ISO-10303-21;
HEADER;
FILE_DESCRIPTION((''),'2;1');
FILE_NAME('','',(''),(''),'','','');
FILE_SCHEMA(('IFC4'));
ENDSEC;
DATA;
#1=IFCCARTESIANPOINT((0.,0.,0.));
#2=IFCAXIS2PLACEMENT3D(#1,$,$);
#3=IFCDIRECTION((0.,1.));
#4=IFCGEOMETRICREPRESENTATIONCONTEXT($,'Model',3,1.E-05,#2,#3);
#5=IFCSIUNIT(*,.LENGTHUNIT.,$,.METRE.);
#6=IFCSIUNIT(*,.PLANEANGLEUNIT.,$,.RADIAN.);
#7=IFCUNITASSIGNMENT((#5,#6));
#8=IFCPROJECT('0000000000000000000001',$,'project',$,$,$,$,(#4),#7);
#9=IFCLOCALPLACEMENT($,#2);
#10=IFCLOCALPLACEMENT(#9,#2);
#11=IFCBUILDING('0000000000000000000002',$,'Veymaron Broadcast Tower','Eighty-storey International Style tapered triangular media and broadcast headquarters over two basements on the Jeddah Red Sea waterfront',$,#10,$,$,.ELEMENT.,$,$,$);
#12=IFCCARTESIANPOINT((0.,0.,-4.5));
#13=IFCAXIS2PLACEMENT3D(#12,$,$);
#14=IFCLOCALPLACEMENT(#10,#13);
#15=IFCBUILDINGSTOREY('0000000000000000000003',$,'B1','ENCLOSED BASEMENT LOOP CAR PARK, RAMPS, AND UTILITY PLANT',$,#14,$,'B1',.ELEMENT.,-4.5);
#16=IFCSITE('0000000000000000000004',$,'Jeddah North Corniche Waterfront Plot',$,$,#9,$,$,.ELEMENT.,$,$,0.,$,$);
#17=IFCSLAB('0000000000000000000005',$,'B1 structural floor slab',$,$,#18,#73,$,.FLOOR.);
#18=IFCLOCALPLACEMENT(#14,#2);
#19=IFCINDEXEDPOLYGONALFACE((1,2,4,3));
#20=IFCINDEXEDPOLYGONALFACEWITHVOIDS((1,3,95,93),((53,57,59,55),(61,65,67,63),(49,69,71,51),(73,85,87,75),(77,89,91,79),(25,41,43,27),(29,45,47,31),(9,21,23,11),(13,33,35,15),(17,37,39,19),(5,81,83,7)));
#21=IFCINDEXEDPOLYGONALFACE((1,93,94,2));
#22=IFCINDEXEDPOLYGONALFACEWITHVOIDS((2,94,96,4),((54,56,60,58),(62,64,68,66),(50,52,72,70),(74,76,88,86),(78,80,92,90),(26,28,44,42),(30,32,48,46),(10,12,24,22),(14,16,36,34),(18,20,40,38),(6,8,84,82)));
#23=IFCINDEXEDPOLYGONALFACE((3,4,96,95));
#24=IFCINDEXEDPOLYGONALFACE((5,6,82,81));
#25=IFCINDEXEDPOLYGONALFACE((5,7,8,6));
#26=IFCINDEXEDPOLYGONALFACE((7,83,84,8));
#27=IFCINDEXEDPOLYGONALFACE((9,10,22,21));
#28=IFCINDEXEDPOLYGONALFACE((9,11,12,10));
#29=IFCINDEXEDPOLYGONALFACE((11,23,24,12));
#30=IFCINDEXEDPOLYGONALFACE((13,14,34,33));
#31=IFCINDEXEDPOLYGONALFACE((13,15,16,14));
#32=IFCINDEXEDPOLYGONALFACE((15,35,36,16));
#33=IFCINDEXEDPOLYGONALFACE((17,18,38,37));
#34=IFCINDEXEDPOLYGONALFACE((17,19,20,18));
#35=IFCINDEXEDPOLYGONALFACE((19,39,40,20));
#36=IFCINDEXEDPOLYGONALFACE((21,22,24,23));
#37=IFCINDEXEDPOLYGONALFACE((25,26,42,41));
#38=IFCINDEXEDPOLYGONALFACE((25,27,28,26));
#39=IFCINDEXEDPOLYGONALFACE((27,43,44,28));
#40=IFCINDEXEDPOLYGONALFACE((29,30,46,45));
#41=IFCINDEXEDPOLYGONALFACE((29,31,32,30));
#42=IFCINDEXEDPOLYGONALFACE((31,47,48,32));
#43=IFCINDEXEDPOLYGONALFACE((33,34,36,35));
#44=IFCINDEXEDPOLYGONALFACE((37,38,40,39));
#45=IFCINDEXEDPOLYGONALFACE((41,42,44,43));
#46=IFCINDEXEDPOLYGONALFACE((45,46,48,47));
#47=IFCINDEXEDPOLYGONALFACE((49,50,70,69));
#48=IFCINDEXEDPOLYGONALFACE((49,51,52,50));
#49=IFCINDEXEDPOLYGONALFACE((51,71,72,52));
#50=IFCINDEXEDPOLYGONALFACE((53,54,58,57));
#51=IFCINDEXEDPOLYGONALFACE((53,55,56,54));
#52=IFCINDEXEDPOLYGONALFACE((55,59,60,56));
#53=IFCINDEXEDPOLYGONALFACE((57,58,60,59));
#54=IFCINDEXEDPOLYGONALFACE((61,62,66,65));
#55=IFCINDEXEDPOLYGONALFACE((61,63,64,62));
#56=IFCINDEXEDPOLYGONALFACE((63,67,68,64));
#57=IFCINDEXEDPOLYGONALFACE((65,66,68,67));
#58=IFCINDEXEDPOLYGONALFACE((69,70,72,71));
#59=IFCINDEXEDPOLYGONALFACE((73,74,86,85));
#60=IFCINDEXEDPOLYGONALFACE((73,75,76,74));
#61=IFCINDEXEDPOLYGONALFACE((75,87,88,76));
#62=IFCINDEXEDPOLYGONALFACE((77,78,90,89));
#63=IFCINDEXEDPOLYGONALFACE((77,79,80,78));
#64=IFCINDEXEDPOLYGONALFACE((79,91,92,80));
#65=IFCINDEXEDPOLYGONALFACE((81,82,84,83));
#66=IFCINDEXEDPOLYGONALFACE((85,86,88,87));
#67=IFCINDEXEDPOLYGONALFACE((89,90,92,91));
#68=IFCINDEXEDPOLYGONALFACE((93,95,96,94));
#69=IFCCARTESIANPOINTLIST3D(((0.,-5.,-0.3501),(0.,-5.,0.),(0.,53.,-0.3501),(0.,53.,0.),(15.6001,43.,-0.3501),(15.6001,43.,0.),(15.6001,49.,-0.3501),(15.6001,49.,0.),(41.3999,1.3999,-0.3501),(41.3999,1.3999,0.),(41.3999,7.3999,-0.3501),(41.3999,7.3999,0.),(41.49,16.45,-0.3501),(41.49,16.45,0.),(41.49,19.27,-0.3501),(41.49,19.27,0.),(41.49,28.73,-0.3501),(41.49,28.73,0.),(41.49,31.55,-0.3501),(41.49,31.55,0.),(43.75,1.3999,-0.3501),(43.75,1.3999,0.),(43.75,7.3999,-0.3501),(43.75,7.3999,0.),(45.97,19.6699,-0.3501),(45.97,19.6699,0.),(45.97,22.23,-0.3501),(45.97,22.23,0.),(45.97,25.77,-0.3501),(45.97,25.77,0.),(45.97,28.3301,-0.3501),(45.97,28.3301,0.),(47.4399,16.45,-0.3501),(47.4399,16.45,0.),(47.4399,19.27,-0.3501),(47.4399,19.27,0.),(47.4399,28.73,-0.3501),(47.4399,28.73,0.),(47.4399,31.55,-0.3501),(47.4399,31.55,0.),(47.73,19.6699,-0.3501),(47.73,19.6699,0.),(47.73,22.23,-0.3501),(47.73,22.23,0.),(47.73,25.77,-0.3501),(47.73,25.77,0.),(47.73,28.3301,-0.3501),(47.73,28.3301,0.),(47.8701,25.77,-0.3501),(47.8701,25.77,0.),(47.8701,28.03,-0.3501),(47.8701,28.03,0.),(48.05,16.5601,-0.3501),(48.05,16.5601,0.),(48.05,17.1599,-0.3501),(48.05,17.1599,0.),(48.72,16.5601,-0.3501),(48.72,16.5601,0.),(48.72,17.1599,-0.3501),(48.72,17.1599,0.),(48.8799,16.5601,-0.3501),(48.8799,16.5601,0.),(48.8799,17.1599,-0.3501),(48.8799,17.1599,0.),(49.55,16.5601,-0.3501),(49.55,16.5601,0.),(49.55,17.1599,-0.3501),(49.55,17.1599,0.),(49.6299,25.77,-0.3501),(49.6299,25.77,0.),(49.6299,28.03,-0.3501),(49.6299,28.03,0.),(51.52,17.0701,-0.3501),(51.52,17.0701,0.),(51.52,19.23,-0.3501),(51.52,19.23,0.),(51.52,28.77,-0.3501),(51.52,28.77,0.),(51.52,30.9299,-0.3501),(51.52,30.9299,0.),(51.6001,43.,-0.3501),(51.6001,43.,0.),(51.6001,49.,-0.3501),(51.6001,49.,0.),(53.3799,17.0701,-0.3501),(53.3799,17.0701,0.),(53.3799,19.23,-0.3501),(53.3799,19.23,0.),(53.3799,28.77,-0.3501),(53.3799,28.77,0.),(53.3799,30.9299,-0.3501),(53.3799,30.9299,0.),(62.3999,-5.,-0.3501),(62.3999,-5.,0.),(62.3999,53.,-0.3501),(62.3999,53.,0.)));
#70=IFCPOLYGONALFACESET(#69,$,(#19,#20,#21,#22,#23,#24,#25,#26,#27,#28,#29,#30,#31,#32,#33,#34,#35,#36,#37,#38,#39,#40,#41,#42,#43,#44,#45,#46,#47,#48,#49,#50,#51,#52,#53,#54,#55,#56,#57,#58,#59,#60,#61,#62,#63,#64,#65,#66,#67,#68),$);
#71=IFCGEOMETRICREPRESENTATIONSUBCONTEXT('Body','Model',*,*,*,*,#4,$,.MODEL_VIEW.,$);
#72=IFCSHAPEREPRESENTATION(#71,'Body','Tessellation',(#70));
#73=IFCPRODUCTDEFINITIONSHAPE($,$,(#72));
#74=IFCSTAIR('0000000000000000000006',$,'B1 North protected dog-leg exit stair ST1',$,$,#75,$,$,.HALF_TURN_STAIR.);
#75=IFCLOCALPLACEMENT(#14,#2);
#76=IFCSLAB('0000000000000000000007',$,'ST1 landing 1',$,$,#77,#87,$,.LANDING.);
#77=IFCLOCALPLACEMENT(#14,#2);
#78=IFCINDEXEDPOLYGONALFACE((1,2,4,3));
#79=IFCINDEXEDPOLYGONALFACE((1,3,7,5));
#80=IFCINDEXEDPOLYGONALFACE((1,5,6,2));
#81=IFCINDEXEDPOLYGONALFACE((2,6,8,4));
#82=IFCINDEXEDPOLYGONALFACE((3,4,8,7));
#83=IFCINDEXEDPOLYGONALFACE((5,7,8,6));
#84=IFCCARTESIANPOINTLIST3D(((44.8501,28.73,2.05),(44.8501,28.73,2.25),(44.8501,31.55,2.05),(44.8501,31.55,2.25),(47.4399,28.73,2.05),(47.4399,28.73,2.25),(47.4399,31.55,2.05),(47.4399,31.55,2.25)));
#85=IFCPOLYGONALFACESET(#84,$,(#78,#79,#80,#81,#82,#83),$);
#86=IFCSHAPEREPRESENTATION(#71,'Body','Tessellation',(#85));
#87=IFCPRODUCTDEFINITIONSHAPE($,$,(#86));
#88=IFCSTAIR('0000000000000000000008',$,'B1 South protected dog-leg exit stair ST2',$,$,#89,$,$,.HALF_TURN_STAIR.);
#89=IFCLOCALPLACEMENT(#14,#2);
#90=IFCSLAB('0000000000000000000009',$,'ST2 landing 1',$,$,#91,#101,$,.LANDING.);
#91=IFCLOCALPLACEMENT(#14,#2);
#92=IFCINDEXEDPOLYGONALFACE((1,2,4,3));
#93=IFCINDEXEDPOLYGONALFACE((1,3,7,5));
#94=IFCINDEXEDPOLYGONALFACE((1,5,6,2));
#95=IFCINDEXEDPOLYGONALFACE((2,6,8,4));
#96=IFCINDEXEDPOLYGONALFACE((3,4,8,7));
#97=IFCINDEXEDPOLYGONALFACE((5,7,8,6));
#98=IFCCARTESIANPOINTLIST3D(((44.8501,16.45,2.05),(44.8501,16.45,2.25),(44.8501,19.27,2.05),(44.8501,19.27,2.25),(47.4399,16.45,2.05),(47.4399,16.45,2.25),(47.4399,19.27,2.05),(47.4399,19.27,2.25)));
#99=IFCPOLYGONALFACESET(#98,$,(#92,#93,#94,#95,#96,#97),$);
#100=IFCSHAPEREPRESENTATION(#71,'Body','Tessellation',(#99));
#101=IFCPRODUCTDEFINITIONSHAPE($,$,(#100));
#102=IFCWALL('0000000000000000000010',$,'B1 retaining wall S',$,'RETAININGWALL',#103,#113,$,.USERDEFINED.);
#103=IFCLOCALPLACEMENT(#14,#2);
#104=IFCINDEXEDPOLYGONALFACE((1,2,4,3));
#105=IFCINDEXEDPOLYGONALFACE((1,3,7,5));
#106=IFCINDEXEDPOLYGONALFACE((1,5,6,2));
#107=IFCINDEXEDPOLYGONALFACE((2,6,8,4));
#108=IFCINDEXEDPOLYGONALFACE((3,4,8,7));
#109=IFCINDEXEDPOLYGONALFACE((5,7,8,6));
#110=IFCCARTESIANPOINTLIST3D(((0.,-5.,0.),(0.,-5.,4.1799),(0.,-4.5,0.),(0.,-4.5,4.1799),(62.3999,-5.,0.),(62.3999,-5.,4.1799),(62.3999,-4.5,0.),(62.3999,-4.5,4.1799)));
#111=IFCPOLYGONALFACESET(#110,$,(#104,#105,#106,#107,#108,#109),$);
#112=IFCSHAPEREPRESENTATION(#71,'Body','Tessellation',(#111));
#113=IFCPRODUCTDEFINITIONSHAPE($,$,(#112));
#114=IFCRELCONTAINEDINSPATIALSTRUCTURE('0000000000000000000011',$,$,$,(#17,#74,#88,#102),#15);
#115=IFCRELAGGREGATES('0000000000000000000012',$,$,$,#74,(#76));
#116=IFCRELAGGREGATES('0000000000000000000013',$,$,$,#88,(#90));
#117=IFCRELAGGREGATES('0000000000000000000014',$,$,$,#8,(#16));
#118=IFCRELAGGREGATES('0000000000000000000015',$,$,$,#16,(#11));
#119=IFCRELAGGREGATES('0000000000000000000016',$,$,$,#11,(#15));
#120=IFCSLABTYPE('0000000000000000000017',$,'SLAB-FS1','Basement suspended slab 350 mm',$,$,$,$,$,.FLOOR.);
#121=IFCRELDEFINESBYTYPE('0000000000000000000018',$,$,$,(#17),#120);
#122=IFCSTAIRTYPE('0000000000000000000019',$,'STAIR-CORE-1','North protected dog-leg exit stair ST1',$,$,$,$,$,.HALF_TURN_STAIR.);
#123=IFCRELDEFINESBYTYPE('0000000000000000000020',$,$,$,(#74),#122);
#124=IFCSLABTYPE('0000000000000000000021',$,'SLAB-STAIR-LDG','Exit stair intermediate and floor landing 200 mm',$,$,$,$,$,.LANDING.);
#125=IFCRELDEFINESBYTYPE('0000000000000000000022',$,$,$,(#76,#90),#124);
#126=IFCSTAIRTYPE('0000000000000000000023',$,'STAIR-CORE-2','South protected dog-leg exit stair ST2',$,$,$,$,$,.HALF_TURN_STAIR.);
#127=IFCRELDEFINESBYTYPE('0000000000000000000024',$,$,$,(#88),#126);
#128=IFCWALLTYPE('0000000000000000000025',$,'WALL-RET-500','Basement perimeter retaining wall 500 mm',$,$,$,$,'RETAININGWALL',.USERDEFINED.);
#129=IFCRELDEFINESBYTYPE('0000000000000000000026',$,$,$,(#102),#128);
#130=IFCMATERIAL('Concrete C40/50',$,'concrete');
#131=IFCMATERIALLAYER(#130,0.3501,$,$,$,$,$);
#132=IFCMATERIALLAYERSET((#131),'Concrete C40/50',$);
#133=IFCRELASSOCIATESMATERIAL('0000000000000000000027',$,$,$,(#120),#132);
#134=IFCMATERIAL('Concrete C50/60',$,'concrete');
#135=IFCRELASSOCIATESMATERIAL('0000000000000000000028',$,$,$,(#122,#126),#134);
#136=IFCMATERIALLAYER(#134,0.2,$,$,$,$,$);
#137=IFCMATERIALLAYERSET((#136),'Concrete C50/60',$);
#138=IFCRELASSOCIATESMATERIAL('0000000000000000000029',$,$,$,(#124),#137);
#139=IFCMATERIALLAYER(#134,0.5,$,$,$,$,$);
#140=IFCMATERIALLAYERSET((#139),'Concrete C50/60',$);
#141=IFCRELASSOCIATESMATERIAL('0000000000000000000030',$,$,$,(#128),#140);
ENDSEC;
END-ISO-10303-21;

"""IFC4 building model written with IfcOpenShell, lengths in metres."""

from ifc_helpers import new_model, si_unit, direction, frame, frame_2d, origin, place, context, subcontext, project, spatial, polyline, rectangle, outline, extrude, material, layer, layer_set, type_object, element, aggregate, save


model = new_model("IFC4")

# Units and contexts
model_context = context("Model", 3, precision=1e-05, world=origin(), true_north=direction((0.0, 1.0)))
body_context = subcontext(model_context, "Body", "Model", "MODEL_VIEW")
ifc_project = project(units=[si_unit("LENGTHUNIT", "METRE"), si_unit("PLANEANGLEUNIT", "RADIAN")], contexts=[model_context])

# Site, building, storey
site_placement = place(None, origin())
site = spatial("IfcSite", under=ifc_project, at=site_placement, Name="Jeddah North Corniche Waterfront Plot", CompositionType="ELEMENT", RefElevation=0.0)
building_placement = place(site_placement, origin())
building = spatial("IfcBuilding", under=site, at=building_placement, Name="Veymaron Broadcast Tower", Description="Eighty-storey International Style tapered triangular media and broadcast headquarters over two basements on the Jeddah Red Sea waterfront", CompositionType="ELEMENT")
storey_placement = place(building_placement, frame((0.0, 0.0, -4.5)))
storey = spatial("IfcBuildingStorey", under=building, at=storey_placement, Name="B1", Description="ENCLOSED BASEMENT LOOP CAR PARK, RAMPS, AND UTILITY PLANT", LongName="B1", CompositionType="ELEMENT", Elevation=-4.5)

# Slab
ifc_material_1 = material(Name="Concrete C40/50", Category="concrete")
ifc_layer_1 = layer(ifc_material_1, 0.3501)
ifc_layer_set_1 = layer_set([ifc_layer_1], Name="Concrete C40/50")
slab_type_1 = type_object("IfcSlabType", Name="SLAB-FS1", Description="Basement suspended slab 350 mm", PredefinedType="FLOOR", material=ifc_layer_set_1)
slab_1_placement = place(storey_placement, frame((0.0, 0.0, -0.3501)))
element("IfcSlab", 1, at=slab_1_placement, inside=storey, type_object=slab_type_1, Name="B1 structural floor slab", PredefinedType="FLOOR", context=body_context, shape_type="SweptSolid", body=[
    extrude(outline(polyline([(0.0, -5.0), (62.3999, -5.0), (62.3999, 53.0), (0.0, 53.0), (0.0, -5.0)]), holes=[polyline([(45.97, 28.3301), (47.73, 28.3301), (47.73, 25.77), (45.97, 25.77), (45.97, 28.3301)]), polyline([(45.97, 22.23), (47.73, 22.23), (47.73, 19.6699), (45.97, 19.6699), (45.97, 22.23)]), polyline([(47.8701, 28.03), (49.6299, 28.03), (49.6299, 25.77), (47.8701, 25.77), (47.8701, 28.03)]), polyline([(51.52, 30.9299), (53.3799, 30.9299), (53.3799, 28.77), (51.52, 28.77), (51.52, 30.9299)]), polyline([(51.52, 19.23), (53.3799, 19.23), (53.3799, 17.0701), (51.52, 17.0701), (51.52, 19.23)]), polyline([(15.6001, 49.0), (51.6001, 49.0), (51.6001, 43.0), (15.6001, 43.0), (15.6001, 49.0)]), polyline([(41.3999, 7.3999), (43.75, 7.3999), (43.75, 1.3999), (41.3999, 1.3999), (41.3999, 7.3999)]), polyline([(48.05, 17.1599), (48.72, 17.1599), (48.72, 16.5601), (48.05, 16.5601), (48.05, 17.1599)]), polyline([(48.8799, 17.1599), (49.55, 17.1599), (49.55, 16.5601), (48.8799, 16.5601), (48.8799, 17.1599)]), polyline([(41.49, 31.55), (47.4399, 31.55), (47.4399, 28.73), (41.49, 28.73), (41.49, 31.55)]), polyline([(41.49, 19.27), (47.4399, 19.27), (47.4399, 16.45), (41.49, 16.45), (41.49, 19.27)])]), origin(), (0.0, 0.0, 1.0), 0.3501),
])

# Stairs, slabs
ifc_material_2 = material(Name="Concrete C50/60", Category="concrete")
stair_type_1 = type_object("IfcStairType", Name="STAIR-CORE-1", Description="North protected dog-leg exit stair ST1", PredefinedType="HALF_TURN_STAIR", material=ifc_material_2)
stair_1_placement = place(storey_placement, origin())
stair_1 = element("IfcStair", 2, at=stair_1_placement, inside=storey, type_object=stair_type_1, Name="B1 North protected dog-leg exit stair ST1", PredefinedType="HALF_TURN_STAIR")
ifc_layer_2 = layer(ifc_material_2, 0.2)
ifc_layer_set_2 = layer_set([ifc_layer_2], Name="Concrete C50/60")
slab_type_2 = type_object("IfcSlabType", Name="SLAB-STAIR-LDG", Description="Exit stair intermediate and floor landing 200 mm", PredefinedType="LANDING", material=ifc_layer_set_2)
slab_2_placement = place(storey_placement, frame((0.0, 0.0, 2.05)))
slab_2 = element("IfcSlab", 3, at=slab_2_placement, type_object=slab_type_2, Name="ST1 landing 1", PredefinedType="LANDING", context=body_context, shape_type="SweptSolid", body=[
    extrude(outline(polyline([(44.8501, 28.73), (47.4399, 28.73), (47.4399, 31.55), (44.8501, 31.55), (44.8501, 28.73)])), origin(), (0.0, 0.0, 1.0), 0.2),
])
aggregate(stair_1, [slab_2])
stair_type_2 = type_object("IfcStairType", Name="STAIR-CORE-2", Description="South protected dog-leg exit stair ST2", PredefinedType="HALF_TURN_STAIR", material=ifc_material_2)
stair_2_placement = place(storey_placement, origin())
stair_2 = element("IfcStair", 4, at=stair_2_placement, inside=storey, type_object=stair_type_2, Name="B1 South protected dog-leg exit stair ST2", PredefinedType="HALF_TURN_STAIR")
slab_3_placement = place(storey_placement, frame((0.0, 0.0, 2.05)))
slab_3 = element("IfcSlab", 5, at=slab_3_placement, type_object=slab_type_2, Name="ST2 landing 1", PredefinedType="LANDING", context=body_context, shape_type="SweptSolid", body=[
    extrude(outline(polyline([(44.8501, 16.45), (47.4399, 16.45), (47.4399, 19.27), (44.8501, 19.27), (44.8501, 16.45)])), origin(), (0.0, 0.0, 1.0), 0.2),
])
aggregate(stair_2, [slab_3])

# Wall
ifc_layer_3 = layer(ifc_material_2, 0.5)
ifc_layer_set_3 = layer_set([ifc_layer_3], Name="Concrete C50/60")
wall_type = type_object("IfcWallType", Name="WALL-RET-500", Description="Basement perimeter retaining wall 500 mm", ElementType="RETAININGWALL", PredefinedType="USERDEFINED", material=ifc_layer_set_3)
wall_placement = place(storey_placement, frame((0.0, -4.75, 0.0), z_axis=(0.0, 0.0, 1.0), x_axis=(1.0, 0.0, 0.0)))
element("IfcWall", 6, at=wall_placement, inside=storey, type_object=wall_type, Name="B1 retaining wall S", ObjectType="RETAININGWALL", PredefinedType="USERDEFINED", context=body_context, shape_type="SweptSolid", body=[
    extrude(rectangle(XDim=62.3999, YDim=0.5, at=frame_2d((31.2, 0.0))), origin(), (0.0, 0.0, 1.0), 4.1799),
])

save(model, "model.ifc")
